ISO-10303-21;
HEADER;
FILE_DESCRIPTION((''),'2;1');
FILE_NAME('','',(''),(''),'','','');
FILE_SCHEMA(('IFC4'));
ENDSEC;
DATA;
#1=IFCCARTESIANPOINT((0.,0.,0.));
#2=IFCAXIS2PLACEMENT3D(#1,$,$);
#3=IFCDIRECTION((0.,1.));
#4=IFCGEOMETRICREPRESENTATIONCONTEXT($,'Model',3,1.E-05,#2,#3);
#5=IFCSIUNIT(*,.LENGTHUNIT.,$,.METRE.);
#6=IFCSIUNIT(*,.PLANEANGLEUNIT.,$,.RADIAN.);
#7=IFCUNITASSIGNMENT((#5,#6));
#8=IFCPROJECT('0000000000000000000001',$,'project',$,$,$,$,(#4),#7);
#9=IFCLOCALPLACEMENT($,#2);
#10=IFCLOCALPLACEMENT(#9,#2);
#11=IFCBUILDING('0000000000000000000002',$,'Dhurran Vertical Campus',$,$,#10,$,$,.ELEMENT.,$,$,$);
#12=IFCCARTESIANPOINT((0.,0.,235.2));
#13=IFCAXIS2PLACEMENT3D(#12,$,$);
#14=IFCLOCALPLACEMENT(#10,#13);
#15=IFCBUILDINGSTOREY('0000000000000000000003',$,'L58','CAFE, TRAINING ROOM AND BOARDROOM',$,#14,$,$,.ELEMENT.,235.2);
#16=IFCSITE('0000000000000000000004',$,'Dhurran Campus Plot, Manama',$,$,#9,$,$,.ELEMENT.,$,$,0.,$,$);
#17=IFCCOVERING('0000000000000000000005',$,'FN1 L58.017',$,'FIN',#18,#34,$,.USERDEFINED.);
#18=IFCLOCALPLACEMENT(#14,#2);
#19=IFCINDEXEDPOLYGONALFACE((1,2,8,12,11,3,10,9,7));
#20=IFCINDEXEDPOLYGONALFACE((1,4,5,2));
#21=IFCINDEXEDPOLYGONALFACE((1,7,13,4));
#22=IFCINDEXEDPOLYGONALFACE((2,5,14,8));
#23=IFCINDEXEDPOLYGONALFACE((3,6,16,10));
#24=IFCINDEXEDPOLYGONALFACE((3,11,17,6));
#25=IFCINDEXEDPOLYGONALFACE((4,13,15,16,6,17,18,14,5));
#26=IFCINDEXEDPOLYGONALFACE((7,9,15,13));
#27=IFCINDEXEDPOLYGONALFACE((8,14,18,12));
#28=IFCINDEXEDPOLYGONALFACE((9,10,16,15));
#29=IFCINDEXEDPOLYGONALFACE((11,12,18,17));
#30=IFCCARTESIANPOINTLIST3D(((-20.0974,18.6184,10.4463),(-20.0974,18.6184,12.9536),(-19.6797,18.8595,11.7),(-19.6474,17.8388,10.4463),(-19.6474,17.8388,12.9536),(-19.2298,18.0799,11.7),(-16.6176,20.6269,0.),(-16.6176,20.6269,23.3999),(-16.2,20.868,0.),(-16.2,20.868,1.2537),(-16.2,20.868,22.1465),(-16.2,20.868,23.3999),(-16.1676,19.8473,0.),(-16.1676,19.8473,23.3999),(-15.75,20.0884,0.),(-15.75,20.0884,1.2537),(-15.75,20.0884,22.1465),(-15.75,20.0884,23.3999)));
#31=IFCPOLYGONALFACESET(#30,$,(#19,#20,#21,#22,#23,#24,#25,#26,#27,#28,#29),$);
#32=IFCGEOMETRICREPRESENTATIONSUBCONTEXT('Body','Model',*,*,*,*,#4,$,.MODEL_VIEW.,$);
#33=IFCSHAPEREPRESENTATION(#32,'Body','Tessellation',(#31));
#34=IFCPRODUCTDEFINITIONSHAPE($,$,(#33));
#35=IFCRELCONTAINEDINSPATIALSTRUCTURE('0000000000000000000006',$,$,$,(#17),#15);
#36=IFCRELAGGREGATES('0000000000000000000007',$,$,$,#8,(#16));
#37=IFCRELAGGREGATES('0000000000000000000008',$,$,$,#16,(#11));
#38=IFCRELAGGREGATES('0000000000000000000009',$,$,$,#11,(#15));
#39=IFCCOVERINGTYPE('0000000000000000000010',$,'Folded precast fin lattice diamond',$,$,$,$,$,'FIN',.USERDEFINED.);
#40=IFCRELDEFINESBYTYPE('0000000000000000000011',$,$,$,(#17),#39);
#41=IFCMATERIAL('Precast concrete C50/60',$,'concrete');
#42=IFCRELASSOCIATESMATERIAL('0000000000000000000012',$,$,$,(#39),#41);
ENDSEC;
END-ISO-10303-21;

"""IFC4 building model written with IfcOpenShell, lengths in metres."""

from ifc_helpers import new_model, si_unit, direction, frame, origin, place, context, subcontext, project, spatial, polyline, outline, extrude, material, type_object, element, save


model = new_model("IFC4")

# Units and contexts
model_context = context("Model", 3, precision=1e-05, world=origin(), true_north=direction((0.0, 1.0)))
body_context = subcontext(model_context, "Body", "Model", "MODEL_VIEW")
ifc_project = project(units=[si_unit("LENGTHUNIT", "METRE"), si_unit("PLANEANGLEUNIT", "RADIAN")], contexts=[model_context])

# Site, building, storey
site_placement = place(None, origin())
site = spatial("IfcSite", under=ifc_project, at=site_placement, Name="Dhurran Campus Plot, Manama", CompositionType="ELEMENT", RefElevation=0.0)
building_placement = place(site_placement, origin())
building = spatial("IfcBuilding", under=site, at=building_placement, Name="Dhurran Vertical Campus", CompositionType="ELEMENT")
storey_placement = place(building_placement, frame((0.0, 0.0, 235.2)))
storey = spatial("IfcBuildingStorey", under=building, at=storey_placement, Name="L58", Description="CAFE, TRAINING ROOM AND BOARDROOM", CompositionType="ELEMENT", Elevation=235.2)

# Covering
ifc_material_1 = material(Name="Precast concrete C50/60", Category="concrete")
covering_type = type_object("IfcCoveringType", Name="Folded precast fin lattice diamond", ElementType="FIN", PredefinedType="USERDEFINED", material=ifc_material_1)
covering_1_placement = place(storey_placement, frame((-15.75, 20.0884, 0.0), z_axis=(-0.499902, 0.866082, 0.0), x_axis=(-0.866082, -0.499902, 0.0)))
element("IfcCovering", 1, at=covering_1_placement, inside=storey, type_object=covering_type, Name="FN1 L58.017", ObjectType="FIN", PredefinedType="USERDEFINED", context=body_context, shape_type="SweptSolid", body=[
    extrude(outline(polyline([(4.5, 10.4463), (0.4822, 0.0), (0.0, 0.0), (0.0, 1.2537), (4.0178, 11.7), (0.0, 22.1465), (0.0, 23.3999), (0.4822, 23.3999), (4.5, 12.9536), (4.5, 10.4463)])), origin(), (0.0, 0.0, 1.0), 0.9001),
])

save(model, "model.ifc")
